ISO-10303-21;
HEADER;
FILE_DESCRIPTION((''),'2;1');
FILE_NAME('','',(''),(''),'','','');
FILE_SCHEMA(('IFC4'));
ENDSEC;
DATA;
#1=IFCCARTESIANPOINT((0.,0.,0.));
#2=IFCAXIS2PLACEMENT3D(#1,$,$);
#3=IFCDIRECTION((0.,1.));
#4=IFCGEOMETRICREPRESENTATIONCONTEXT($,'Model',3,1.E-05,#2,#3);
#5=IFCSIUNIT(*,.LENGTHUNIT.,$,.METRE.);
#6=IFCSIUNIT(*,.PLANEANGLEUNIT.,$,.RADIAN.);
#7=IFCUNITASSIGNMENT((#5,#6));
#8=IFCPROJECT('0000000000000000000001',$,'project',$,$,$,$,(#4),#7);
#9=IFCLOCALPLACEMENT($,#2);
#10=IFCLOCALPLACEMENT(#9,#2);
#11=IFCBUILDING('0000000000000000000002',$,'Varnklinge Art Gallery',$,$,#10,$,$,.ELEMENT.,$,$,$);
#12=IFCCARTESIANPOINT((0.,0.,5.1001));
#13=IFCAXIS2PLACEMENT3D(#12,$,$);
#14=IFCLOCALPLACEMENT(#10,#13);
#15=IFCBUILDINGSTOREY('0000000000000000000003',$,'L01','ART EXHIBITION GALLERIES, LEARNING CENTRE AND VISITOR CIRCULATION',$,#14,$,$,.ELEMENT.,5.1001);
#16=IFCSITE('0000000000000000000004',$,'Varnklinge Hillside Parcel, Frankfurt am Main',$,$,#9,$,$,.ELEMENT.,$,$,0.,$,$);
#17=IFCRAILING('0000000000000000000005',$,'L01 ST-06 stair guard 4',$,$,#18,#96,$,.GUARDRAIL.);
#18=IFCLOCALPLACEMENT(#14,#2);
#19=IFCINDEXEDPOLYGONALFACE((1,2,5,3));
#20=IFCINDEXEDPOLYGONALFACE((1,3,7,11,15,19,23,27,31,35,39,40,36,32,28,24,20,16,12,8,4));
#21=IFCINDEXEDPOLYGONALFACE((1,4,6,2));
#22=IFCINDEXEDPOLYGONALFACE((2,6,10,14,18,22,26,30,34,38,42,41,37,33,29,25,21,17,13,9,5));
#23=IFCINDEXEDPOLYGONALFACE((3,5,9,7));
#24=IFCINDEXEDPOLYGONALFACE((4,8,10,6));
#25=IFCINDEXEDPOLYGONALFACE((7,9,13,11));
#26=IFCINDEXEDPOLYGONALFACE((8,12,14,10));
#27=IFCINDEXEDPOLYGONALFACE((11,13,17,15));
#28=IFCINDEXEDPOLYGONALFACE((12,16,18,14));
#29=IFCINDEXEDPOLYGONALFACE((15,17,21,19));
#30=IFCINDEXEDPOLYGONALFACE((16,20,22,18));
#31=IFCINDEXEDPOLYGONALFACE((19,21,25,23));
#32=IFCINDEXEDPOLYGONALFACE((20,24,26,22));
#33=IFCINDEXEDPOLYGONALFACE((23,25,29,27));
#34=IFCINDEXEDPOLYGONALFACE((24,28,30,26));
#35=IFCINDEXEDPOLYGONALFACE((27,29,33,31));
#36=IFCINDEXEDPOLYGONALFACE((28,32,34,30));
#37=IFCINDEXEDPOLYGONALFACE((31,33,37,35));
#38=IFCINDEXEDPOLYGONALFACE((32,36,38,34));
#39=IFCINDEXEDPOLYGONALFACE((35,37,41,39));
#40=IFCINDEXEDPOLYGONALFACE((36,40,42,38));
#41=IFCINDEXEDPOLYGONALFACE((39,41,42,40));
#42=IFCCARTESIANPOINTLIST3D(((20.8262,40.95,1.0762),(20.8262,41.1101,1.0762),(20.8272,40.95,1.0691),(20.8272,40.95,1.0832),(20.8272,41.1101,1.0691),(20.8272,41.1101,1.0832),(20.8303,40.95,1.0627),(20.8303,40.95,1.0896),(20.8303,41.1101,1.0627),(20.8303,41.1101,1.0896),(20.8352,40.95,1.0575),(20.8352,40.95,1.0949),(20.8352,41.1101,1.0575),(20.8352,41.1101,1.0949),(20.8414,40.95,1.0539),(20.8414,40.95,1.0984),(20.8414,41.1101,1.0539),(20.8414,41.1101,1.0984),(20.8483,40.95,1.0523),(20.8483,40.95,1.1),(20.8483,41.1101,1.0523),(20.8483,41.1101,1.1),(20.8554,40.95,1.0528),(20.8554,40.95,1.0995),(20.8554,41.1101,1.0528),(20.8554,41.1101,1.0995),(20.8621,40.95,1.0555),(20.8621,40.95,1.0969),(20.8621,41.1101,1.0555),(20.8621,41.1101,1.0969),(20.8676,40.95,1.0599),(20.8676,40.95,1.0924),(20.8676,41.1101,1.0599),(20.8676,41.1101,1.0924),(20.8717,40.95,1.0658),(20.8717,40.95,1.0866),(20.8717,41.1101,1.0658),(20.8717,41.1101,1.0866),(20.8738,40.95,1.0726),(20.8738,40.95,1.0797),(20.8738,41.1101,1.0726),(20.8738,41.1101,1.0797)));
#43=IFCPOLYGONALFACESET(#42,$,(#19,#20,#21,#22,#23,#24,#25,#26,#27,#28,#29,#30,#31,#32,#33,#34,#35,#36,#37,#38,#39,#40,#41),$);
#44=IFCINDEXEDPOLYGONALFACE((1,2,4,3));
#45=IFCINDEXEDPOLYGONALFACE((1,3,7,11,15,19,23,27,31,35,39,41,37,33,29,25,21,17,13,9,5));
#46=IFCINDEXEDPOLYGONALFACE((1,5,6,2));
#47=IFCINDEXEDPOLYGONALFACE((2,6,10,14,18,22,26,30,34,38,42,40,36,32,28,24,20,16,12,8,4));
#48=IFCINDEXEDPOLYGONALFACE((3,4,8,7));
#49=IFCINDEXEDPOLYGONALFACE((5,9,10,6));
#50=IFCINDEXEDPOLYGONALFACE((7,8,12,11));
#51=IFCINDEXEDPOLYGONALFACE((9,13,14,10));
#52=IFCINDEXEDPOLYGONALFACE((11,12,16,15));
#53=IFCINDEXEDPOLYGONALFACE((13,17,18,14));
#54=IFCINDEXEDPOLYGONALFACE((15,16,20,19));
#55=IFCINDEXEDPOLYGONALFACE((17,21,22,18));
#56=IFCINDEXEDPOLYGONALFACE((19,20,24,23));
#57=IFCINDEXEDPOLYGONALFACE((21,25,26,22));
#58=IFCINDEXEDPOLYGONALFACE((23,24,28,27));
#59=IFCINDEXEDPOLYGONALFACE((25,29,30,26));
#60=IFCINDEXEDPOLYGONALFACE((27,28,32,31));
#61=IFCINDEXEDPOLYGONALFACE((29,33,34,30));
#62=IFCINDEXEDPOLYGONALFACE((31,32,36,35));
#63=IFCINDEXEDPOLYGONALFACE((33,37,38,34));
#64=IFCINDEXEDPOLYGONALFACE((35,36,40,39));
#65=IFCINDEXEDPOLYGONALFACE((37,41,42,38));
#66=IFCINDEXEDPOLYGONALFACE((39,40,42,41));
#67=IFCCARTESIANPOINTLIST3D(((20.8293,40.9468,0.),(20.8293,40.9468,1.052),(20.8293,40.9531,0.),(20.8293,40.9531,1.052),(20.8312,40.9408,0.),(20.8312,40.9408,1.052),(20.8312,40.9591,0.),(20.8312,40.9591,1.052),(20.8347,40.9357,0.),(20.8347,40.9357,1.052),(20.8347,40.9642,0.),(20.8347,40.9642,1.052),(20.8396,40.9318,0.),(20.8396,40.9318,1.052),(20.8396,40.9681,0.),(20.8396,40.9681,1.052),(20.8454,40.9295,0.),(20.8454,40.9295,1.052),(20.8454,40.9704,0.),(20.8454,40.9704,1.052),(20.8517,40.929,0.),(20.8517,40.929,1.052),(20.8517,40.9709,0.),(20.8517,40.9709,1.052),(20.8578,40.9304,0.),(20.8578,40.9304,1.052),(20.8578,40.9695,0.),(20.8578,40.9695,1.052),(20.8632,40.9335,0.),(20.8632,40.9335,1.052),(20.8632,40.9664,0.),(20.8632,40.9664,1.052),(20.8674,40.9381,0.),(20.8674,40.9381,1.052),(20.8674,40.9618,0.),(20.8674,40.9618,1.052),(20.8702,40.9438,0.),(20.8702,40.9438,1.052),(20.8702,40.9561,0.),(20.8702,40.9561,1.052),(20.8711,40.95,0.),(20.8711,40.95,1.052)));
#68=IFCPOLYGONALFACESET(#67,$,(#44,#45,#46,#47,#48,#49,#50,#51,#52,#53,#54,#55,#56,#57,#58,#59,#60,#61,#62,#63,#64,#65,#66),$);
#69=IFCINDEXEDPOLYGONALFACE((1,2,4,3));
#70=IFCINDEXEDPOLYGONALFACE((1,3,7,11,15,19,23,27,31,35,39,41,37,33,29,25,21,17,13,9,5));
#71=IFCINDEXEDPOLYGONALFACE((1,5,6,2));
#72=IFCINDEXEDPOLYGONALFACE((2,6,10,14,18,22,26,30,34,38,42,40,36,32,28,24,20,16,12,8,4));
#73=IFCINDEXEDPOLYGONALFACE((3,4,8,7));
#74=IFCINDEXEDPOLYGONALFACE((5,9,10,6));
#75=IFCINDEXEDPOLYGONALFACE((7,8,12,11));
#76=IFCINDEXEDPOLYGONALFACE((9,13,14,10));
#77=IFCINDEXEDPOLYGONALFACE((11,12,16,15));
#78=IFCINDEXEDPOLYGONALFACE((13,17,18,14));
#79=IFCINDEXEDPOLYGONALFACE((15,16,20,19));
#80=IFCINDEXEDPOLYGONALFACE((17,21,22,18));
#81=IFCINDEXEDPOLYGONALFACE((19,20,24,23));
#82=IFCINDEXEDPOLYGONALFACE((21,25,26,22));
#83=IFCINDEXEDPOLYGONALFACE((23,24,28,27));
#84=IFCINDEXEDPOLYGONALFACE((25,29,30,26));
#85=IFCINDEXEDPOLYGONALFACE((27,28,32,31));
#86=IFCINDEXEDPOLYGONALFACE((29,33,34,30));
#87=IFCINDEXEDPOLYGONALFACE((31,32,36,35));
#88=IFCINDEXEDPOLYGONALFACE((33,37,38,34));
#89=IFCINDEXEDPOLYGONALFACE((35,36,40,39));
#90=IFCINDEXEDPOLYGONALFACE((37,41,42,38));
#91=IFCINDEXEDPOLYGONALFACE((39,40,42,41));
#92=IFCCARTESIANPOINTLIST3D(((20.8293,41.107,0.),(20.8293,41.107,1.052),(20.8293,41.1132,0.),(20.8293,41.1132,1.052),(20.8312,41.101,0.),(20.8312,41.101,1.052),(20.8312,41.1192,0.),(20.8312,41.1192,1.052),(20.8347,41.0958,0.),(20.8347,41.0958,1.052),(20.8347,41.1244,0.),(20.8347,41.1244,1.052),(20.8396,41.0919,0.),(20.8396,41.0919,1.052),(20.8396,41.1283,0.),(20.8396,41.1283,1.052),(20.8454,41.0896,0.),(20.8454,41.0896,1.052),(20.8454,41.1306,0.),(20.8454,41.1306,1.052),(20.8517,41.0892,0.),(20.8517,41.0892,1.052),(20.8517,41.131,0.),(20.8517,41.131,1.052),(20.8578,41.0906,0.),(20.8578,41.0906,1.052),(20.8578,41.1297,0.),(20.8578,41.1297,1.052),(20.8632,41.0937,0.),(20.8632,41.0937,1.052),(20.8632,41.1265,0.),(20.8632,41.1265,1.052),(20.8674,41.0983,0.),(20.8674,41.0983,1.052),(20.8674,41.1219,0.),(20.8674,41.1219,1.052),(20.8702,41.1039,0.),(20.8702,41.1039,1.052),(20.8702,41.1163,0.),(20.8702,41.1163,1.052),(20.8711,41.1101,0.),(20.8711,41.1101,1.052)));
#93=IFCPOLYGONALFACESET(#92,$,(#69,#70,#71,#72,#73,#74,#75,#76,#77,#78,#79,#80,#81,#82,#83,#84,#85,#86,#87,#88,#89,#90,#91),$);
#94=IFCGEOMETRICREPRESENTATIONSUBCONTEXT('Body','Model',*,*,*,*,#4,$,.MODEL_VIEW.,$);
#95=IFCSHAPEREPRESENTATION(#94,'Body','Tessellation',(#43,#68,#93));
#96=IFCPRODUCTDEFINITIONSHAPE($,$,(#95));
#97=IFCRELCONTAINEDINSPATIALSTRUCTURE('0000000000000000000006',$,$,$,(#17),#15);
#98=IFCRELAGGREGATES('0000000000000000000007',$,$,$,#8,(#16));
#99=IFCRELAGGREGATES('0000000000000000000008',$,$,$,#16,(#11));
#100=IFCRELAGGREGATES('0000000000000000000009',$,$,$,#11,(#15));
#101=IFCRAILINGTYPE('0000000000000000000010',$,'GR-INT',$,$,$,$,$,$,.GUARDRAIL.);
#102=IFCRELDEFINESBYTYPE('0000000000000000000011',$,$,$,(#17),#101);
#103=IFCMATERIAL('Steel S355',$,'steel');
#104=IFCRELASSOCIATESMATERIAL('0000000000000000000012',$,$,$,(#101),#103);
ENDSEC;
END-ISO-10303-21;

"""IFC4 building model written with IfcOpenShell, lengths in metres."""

from ifc_helpers import new_model, si_unit, direction, frame, origin, origin_2d, place, context, subcontext, project, spatial, circle, extrude, material, type_object, element, save


model = new_model("IFC4")

# Units and contexts
model_context = context("Model", 3, precision=1e-05, world=origin(), true_north=direction((0.0, 1.0)))
body_context = subcontext(model_context, "Body", "Model", "MODEL_VIEW")
ifc_project = project(units=[si_unit("LENGTHUNIT", "METRE"), si_unit("PLANEANGLEUNIT", "RADIAN")], contexts=[model_context])

# Site, building, storey
site_placement = place(None, origin())
site = spatial("IfcSite", under=ifc_project, at=site_placement, Name="Varnklinge Hillside Parcel, Frankfurt am Main", CompositionType="ELEMENT", RefElevation=0.0)
building_placement = place(site_placement, origin())
building = spatial("IfcBuilding", under=site, at=building_placement, Name="Varnklinge Art Gallery", CompositionType="ELEMENT")
storey_placement = place(building_placement, frame((0.0, 0.0, 5.1001)))
storey = spatial("IfcBuildingStorey", under=building, at=storey_placement, Name="L01", Description="ART EXHIBITION GALLERIES, LEARNING CENTRE AND VISITOR CIRCULATION", CompositionType="ELEMENT", Elevation=5.1001)

# Railing
ifc_material_1 = material(Name="Steel S355", Category="steel")
railing_type_1 = type_object("IfcRailingType", Name="GR-INT", PredefinedType="GUARDRAIL", material=ifc_material_1)
railing_1_placement = place(storey_placement, frame((20.8501, 40.95, 0.0)))
element("IfcRailing", 1, at=railing_1_placement, inside=storey, type_object=railing_type_1, Name="L01 ST-06 stair guard 4", PredefinedType="GUARDRAIL", context=body_context, shape_type="SweptSolid", body=[
    extrude(circle(Radius=0.0239, at=origin_2d()), frame((0.0, 0.0, 1.0762), z_axis=(0.0, 1.0, 0.0), x_axis=(-1.0, 0.0, 0.0)), (0.0, 0.0, 1.0), 0.1602),
    extrude(circle(Radius=0.021, at=origin_2d()), origin(), (0.0, 0.0, 1.0), 1.052),
    extrude(circle(Radius=0.021, at=origin_2d()), frame((0.0, 0.1602, 0.0)), (0.0, 0.0, 1.0), 1.052),
])

save(model, "model.ifc")
